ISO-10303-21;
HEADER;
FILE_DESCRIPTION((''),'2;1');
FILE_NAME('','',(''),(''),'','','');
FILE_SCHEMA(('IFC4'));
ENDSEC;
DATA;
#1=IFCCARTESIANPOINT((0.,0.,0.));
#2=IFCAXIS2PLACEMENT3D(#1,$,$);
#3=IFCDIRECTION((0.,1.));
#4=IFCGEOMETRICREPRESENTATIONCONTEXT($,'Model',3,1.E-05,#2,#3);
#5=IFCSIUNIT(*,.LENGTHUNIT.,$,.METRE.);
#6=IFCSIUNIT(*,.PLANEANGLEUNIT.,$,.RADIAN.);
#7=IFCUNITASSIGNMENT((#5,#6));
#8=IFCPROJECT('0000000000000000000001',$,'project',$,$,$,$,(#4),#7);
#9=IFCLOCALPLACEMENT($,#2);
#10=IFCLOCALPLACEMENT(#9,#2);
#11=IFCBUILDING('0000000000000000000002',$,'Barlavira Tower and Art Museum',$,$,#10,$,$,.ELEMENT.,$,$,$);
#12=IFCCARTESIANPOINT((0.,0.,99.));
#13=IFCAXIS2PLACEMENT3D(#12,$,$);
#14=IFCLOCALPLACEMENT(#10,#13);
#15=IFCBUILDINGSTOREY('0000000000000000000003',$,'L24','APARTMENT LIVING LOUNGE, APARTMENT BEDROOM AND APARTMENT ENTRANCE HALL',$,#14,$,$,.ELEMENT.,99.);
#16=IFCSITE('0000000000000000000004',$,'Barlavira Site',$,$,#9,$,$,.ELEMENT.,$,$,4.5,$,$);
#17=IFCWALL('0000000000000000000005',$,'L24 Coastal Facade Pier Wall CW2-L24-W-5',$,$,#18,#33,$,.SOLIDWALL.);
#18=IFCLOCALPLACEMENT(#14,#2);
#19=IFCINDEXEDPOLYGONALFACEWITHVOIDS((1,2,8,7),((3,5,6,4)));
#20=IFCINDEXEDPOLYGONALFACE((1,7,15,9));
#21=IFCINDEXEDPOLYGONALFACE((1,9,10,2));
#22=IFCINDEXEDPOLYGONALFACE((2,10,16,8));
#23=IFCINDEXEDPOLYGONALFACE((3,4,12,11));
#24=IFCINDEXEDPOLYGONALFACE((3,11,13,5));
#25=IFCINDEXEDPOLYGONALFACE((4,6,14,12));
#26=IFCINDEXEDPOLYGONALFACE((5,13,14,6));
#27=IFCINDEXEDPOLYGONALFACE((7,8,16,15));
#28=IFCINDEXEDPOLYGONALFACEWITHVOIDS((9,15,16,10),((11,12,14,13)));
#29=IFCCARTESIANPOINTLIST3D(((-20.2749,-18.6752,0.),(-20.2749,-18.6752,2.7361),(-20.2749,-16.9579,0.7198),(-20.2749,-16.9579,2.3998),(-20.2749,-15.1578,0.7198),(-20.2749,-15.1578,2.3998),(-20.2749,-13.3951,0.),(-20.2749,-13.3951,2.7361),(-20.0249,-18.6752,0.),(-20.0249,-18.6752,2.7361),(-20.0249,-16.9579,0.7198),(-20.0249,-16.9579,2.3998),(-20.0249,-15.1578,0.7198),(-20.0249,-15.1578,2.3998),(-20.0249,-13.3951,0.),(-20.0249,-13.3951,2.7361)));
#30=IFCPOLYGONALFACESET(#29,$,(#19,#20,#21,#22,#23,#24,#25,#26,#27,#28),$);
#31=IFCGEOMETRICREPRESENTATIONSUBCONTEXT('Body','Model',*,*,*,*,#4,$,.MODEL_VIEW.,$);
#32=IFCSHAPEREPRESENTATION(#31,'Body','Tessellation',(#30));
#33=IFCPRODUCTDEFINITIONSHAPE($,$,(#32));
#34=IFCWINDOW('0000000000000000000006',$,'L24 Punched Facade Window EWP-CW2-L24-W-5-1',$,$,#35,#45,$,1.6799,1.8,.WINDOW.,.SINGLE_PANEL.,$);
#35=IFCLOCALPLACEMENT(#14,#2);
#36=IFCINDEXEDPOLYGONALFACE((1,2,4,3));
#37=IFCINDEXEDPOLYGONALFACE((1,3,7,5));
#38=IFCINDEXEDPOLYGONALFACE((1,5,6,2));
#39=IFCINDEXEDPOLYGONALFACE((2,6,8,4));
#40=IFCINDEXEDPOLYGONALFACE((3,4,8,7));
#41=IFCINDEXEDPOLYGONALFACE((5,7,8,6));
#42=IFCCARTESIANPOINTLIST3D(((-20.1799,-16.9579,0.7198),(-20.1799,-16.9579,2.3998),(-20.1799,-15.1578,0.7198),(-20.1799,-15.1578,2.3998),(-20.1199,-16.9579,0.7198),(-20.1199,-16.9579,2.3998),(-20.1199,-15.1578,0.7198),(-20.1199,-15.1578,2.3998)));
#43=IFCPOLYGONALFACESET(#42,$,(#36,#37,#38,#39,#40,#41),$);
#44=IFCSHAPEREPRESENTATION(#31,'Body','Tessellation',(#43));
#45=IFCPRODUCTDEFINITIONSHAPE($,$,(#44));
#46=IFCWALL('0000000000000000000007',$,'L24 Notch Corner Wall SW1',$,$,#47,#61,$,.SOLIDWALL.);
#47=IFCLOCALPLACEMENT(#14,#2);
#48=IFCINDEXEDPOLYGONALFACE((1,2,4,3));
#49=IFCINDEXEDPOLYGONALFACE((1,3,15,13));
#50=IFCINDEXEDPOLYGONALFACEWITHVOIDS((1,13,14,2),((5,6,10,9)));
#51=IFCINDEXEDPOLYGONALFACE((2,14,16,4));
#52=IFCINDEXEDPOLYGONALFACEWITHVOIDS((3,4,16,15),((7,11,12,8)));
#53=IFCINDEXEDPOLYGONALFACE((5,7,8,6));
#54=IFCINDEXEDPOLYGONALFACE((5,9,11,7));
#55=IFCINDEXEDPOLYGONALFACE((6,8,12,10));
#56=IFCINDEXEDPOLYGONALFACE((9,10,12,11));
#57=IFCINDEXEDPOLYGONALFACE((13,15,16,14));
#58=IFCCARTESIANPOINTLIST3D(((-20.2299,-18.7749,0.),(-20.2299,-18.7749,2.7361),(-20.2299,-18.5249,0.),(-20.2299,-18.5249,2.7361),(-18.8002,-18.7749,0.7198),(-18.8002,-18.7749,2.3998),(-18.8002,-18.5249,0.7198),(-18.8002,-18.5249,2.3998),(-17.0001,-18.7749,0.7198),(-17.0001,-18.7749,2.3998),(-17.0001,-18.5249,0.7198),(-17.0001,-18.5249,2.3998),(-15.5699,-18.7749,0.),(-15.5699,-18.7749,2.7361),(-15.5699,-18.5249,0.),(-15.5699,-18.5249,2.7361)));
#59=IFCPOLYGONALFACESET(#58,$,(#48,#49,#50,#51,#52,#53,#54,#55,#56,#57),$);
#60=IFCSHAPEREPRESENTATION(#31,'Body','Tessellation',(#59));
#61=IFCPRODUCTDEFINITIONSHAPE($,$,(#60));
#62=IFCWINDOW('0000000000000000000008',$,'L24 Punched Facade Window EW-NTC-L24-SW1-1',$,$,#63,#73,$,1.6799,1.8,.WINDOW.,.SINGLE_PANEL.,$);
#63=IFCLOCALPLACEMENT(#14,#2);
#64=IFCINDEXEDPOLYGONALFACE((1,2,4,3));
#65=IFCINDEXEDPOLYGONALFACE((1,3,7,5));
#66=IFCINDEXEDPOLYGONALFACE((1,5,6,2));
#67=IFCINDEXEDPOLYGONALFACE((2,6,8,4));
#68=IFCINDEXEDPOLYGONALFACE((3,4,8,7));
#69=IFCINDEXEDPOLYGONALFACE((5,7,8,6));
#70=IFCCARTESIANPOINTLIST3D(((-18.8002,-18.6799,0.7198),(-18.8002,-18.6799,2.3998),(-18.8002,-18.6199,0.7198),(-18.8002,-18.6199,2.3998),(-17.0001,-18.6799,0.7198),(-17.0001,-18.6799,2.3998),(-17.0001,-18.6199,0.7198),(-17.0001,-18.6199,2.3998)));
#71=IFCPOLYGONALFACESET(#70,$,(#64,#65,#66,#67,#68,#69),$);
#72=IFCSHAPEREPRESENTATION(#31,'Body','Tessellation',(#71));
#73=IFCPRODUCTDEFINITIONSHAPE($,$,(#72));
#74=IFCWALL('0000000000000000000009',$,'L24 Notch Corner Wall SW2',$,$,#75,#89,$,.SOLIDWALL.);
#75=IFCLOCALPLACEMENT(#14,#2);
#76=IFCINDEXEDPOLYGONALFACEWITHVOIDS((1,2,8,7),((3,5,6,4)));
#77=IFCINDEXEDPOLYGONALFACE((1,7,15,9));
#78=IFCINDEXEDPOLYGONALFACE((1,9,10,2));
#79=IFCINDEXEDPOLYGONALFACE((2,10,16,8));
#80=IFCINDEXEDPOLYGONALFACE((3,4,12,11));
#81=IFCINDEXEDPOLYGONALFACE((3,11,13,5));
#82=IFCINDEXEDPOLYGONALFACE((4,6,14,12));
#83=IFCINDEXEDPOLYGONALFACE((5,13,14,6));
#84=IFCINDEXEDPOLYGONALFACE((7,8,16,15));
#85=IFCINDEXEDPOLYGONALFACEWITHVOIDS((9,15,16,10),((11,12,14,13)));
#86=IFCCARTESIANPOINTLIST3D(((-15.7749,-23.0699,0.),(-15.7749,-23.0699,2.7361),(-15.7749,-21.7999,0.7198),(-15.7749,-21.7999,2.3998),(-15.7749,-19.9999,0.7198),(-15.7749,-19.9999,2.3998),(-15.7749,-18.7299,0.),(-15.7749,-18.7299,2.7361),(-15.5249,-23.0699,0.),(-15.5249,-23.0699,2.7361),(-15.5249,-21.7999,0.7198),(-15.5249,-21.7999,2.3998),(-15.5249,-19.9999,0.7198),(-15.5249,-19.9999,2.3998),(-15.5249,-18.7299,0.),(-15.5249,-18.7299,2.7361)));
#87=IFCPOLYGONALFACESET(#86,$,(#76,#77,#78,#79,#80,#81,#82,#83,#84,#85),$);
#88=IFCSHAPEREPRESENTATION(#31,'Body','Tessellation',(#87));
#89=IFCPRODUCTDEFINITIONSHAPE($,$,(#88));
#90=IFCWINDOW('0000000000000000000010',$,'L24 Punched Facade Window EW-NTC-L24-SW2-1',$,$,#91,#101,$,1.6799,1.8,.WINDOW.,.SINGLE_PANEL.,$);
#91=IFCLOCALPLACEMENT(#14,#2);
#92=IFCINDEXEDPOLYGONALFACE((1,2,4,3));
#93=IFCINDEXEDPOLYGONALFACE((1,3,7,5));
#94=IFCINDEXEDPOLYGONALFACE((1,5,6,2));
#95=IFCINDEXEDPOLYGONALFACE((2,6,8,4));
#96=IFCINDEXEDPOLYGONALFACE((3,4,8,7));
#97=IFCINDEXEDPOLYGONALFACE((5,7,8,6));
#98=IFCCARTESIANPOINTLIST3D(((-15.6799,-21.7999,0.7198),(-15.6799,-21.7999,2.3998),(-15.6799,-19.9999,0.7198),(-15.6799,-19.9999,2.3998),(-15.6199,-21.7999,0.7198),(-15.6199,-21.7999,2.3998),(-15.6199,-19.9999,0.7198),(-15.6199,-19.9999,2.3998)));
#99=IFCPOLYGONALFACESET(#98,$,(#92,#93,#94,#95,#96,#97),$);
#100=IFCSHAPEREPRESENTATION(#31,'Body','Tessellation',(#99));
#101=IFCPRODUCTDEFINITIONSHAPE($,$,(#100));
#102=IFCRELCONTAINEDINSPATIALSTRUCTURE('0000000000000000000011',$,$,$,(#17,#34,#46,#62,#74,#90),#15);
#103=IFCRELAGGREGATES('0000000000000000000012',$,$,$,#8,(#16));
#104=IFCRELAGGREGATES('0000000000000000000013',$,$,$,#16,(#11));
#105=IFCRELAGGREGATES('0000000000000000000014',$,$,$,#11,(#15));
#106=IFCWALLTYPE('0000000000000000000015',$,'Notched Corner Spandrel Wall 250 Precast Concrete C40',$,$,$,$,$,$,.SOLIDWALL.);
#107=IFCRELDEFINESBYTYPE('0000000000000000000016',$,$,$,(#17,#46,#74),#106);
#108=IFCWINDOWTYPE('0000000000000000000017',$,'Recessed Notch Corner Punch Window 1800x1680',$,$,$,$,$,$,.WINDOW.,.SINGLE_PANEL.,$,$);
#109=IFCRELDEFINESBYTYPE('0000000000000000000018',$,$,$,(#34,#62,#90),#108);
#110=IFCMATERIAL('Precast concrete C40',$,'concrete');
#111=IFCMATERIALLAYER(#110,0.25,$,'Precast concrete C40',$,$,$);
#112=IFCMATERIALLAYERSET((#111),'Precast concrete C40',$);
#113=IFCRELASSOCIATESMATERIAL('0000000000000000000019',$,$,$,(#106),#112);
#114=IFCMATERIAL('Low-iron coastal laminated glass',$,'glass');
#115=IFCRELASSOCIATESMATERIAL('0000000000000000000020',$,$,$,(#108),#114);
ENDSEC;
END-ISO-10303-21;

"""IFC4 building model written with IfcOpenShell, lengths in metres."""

from ifc_helpers import new_model, si_unit, direction, frame, frame_2d, origin, place, context, subcontext, project, spatial, rectangle, extrude, material, layer, layer_set, type_object, element, fill, save


model = new_model("IFC4")

# Units and contexts
model_context = context("Model", 3, precision=1e-05, world=origin(), true_north=direction((0.0, 1.0)))
body_context = subcontext(model_context, "Body", "Model", "MODEL_VIEW")
ifc_project = project(units=[si_unit("LENGTHUNIT", "METRE"), si_unit("PLANEANGLEUNIT", "RADIAN")], contexts=[model_context])

# Site, building, storey
site_placement = place(None, origin())
site = spatial("IfcSite", under=ifc_project, at=site_placement, Name="Barlavira Site", CompositionType="ELEMENT", RefElevation=4.5)
building_placement = place(site_placement, origin())
building = spatial("IfcBuilding", under=site, at=building_placement, Name="Barlavira Tower and Art Museum", CompositionType="ELEMENT")
storey_placement = place(building_placement, frame((0.0, 0.0, 99.0)))
storey = spatial("IfcBuildingStorey", under=building, at=storey_placement, Name="L24", Description="APARTMENT LIVING LOUNGE, APARTMENT BEDROOM AND APARTMENT ENTRANCE HALL", CompositionType="ELEMENT", Elevation=99.0)

# Walls, openings, windows
ifc_material_1 = material(Name="Precast concrete C40", Category="concrete")
ifc_layer_1 = layer(ifc_material_1, 0.25, Name="Precast concrete C40")
ifc_layer_set_1 = layer_set([ifc_layer_1], Name="Precast concrete C40")
wall_type_1 = type_object("IfcWallType", Name="Notched Corner Spandrel Wall 250 Precast Concrete C40", PredefinedType="SOLIDWALL", material=ifc_layer_set_1)
ifc_material_2 = material(Name="Low-iron coastal laminated glass", Category="glass")
window_type = type_object("IfcWindowType", Name="Recessed Notch Corner Punch Window 1800x1680", PartitioningType="SINGLE_PANEL", PredefinedType="WINDOW", material=ifc_material_2)
wall_1_placement = place(storey_placement, frame((-20.1499, -13.395, 0.0), z_axis=(0.0, 0.0, 1.0), x_axis=(0.0, -1.0, 0.0)))
wall_1 = element("IfcWall", 1, at=wall_1_placement, inside=storey, type_object=wall_type_1, Name="L24 Coastal Facade Pier Wall CW2-L24-W-5", PredefinedType="SOLIDWALL", context=body_context, shape_type="SweptSolid", body=[
    extrude(rectangle(XDim=5.28, YDim=0.25, at=frame_2d((2.6401, 0.0))), origin(), (0.0, 0.0, 1.0), 2.7361),
])
opening_1_placement = place(wall_1_placement, frame((1.7629, 0.0, 0.72)))
opening_1 = element("IfcOpeningElement", 2, at=opening_1_placement, cuts=wall_1, PredefinedType="OPENING", context=body_context, shape_type="SweptSolid", body=[
    extrude(rectangle(XDim=1.8, YDim=1.6799, at=frame_2d((0.8999, 0.8398))), frame((0.0, 0.135, 0.0), z_axis=(0.0, -1.0, 0.0), x_axis=(1.0, 0.0, 0.0)), (0.0, 0.0, 1.0), 0.27),
])
window_1_placement = place(opening_1_placement, origin())
window_1 = element("IfcWindow", 3, at=window_1_placement, inside=storey, type_object=window_type, Name="L24 Punched Facade Window EWP-CW2-L24-W-5-1", OverallHeight=1.6799, OverallWidth=1.8, PartitioningType="SINGLE_PANEL", PredefinedType="WINDOW", context=body_context, shape_type="SweptSolid", body=[
    extrude(rectangle(XDim=1.8, YDim=1.6799, at=frame_2d((0.8999, 0.8398))), frame((0.0, 0.03, 0.0), z_axis=(0.0, -1.0, 0.0), x_axis=(1.0, 0.0, 0.0)), (0.0, 0.0, 1.0), 0.0601),
])
fill(opening_1, window_1)
wall_2_placement = place(storey_placement, frame((-20.23, -18.6499, 0.0), z_axis=(0.0, 0.0, 1.0), x_axis=(1.0, 0.0, 0.0)))
wall_2 = element("IfcWall", 4, at=wall_2_placement, inside=storey, type_object=wall_type_1, Name="L24 Notch Corner Wall SW1", PredefinedType="SOLIDWALL", context=body_context, shape_type="SweptSolid", body=[
    extrude(rectangle(XDim=4.6599, YDim=0.25, at=frame_2d((2.3301, 0.0))), origin(), (0.0, 0.0, 1.0), 2.7361),
])
opening_2_placement = place(wall_2_placement, frame((1.4299, 0.0, 0.72)))
opening_2 = element("IfcOpeningElement", 5, at=opening_2_placement, cuts=wall_2, PredefinedType="OPENING", context=body_context, shape_type="SweptSolid", body=[
    extrude(rectangle(XDim=1.8, YDim=1.6799, at=frame_2d((0.8999, 0.8398))), frame((0.0, 0.135, 0.0), z_axis=(0.0, -1.0, 0.0), x_axis=(1.0, 0.0, 0.0)), (0.0, 0.0, 1.0), 0.27),
])
window_2_placement = place(opening_2_placement, origin())
window_2 = element("IfcWindow", 6, at=window_2_placement, inside=storey, type_object=window_type, Name="L24 Punched Facade Window EW-NTC-L24-SW1-1", OverallHeight=1.6799, OverallWidth=1.8, PartitioningType="SINGLE_PANEL", PredefinedType="WINDOW", context=body_context, shape_type="SweptSolid", body=[
    extrude(rectangle(XDim=1.8, YDim=1.6799, at=frame_2d((0.8999, 0.8398))), frame((0.0, 0.03, 0.0), z_axis=(0.0, -1.0, 0.0), x_axis=(1.0, 0.0, 0.0)), (0.0, 0.0, 1.0), 0.0601),
])
fill(opening_2, window_2)
wall_3_placement = place(storey_placement, frame((-15.6499, -18.73, 0.0), z_axis=(0.0, 0.0, 1.0), x_axis=(0.0, -1.0, 0.0)))
wall_3 = element("IfcWall", 7, at=wall_3_placement, inside=storey, type_object=wall_type_1, Name="L24 Notch Corner Wall SW2", PredefinedType="SOLIDWALL", context=body_context, shape_type="SweptSolid", body=[
    extrude(rectangle(XDim=4.3401, YDim=0.25, at=frame_2d((2.1699, 0.0))), origin(), (0.0, 0.0, 1.0), 2.7361),
])
opening_3_placement = place(wall_3_placement, frame((1.27, 0.0, 0.72)))
opening_3 = element("IfcOpeningElement", 8, at=opening_3_placement, cuts=wall_3, PredefinedType="OPENING", context=body_context, shape_type="SweptSolid", body=[
    extrude(rectangle(XDim=1.8, YDim=1.6799, at=frame_2d((0.8999, 0.8398))), frame((0.0, 0.135, 0.0), z_axis=(0.0, -1.0, 0.0), x_axis=(1.0, 0.0, 0.0)), (0.0, 0.0, 1.0), 0.27),
])
window_3_placement = place(opening_3_placement, origin())
window_3 = element("IfcWindow", 9, at=window_3_placement, inside=storey, type_object=window_type, Name="L24 Punched Facade Window EW-NTC-L24-SW2-1", OverallHeight=1.6799, OverallWidth=1.8, PartitioningType="SINGLE_PANEL", PredefinedType="WINDOW", context=body_context, shape_type="SweptSolid", body=[
    extrude(rectangle(XDim=1.8, YDim=1.6799, at=frame_2d((0.8999, 0.8398))), frame((0.0, 0.03, 0.0), z_axis=(0.0, -1.0, 0.0), x_axis=(1.0, 0.0, 0.0)), (0.0, 0.0, 1.0), 0.0601),
])
fill(opening_3, window_3)

save(model, "model.ifc")
